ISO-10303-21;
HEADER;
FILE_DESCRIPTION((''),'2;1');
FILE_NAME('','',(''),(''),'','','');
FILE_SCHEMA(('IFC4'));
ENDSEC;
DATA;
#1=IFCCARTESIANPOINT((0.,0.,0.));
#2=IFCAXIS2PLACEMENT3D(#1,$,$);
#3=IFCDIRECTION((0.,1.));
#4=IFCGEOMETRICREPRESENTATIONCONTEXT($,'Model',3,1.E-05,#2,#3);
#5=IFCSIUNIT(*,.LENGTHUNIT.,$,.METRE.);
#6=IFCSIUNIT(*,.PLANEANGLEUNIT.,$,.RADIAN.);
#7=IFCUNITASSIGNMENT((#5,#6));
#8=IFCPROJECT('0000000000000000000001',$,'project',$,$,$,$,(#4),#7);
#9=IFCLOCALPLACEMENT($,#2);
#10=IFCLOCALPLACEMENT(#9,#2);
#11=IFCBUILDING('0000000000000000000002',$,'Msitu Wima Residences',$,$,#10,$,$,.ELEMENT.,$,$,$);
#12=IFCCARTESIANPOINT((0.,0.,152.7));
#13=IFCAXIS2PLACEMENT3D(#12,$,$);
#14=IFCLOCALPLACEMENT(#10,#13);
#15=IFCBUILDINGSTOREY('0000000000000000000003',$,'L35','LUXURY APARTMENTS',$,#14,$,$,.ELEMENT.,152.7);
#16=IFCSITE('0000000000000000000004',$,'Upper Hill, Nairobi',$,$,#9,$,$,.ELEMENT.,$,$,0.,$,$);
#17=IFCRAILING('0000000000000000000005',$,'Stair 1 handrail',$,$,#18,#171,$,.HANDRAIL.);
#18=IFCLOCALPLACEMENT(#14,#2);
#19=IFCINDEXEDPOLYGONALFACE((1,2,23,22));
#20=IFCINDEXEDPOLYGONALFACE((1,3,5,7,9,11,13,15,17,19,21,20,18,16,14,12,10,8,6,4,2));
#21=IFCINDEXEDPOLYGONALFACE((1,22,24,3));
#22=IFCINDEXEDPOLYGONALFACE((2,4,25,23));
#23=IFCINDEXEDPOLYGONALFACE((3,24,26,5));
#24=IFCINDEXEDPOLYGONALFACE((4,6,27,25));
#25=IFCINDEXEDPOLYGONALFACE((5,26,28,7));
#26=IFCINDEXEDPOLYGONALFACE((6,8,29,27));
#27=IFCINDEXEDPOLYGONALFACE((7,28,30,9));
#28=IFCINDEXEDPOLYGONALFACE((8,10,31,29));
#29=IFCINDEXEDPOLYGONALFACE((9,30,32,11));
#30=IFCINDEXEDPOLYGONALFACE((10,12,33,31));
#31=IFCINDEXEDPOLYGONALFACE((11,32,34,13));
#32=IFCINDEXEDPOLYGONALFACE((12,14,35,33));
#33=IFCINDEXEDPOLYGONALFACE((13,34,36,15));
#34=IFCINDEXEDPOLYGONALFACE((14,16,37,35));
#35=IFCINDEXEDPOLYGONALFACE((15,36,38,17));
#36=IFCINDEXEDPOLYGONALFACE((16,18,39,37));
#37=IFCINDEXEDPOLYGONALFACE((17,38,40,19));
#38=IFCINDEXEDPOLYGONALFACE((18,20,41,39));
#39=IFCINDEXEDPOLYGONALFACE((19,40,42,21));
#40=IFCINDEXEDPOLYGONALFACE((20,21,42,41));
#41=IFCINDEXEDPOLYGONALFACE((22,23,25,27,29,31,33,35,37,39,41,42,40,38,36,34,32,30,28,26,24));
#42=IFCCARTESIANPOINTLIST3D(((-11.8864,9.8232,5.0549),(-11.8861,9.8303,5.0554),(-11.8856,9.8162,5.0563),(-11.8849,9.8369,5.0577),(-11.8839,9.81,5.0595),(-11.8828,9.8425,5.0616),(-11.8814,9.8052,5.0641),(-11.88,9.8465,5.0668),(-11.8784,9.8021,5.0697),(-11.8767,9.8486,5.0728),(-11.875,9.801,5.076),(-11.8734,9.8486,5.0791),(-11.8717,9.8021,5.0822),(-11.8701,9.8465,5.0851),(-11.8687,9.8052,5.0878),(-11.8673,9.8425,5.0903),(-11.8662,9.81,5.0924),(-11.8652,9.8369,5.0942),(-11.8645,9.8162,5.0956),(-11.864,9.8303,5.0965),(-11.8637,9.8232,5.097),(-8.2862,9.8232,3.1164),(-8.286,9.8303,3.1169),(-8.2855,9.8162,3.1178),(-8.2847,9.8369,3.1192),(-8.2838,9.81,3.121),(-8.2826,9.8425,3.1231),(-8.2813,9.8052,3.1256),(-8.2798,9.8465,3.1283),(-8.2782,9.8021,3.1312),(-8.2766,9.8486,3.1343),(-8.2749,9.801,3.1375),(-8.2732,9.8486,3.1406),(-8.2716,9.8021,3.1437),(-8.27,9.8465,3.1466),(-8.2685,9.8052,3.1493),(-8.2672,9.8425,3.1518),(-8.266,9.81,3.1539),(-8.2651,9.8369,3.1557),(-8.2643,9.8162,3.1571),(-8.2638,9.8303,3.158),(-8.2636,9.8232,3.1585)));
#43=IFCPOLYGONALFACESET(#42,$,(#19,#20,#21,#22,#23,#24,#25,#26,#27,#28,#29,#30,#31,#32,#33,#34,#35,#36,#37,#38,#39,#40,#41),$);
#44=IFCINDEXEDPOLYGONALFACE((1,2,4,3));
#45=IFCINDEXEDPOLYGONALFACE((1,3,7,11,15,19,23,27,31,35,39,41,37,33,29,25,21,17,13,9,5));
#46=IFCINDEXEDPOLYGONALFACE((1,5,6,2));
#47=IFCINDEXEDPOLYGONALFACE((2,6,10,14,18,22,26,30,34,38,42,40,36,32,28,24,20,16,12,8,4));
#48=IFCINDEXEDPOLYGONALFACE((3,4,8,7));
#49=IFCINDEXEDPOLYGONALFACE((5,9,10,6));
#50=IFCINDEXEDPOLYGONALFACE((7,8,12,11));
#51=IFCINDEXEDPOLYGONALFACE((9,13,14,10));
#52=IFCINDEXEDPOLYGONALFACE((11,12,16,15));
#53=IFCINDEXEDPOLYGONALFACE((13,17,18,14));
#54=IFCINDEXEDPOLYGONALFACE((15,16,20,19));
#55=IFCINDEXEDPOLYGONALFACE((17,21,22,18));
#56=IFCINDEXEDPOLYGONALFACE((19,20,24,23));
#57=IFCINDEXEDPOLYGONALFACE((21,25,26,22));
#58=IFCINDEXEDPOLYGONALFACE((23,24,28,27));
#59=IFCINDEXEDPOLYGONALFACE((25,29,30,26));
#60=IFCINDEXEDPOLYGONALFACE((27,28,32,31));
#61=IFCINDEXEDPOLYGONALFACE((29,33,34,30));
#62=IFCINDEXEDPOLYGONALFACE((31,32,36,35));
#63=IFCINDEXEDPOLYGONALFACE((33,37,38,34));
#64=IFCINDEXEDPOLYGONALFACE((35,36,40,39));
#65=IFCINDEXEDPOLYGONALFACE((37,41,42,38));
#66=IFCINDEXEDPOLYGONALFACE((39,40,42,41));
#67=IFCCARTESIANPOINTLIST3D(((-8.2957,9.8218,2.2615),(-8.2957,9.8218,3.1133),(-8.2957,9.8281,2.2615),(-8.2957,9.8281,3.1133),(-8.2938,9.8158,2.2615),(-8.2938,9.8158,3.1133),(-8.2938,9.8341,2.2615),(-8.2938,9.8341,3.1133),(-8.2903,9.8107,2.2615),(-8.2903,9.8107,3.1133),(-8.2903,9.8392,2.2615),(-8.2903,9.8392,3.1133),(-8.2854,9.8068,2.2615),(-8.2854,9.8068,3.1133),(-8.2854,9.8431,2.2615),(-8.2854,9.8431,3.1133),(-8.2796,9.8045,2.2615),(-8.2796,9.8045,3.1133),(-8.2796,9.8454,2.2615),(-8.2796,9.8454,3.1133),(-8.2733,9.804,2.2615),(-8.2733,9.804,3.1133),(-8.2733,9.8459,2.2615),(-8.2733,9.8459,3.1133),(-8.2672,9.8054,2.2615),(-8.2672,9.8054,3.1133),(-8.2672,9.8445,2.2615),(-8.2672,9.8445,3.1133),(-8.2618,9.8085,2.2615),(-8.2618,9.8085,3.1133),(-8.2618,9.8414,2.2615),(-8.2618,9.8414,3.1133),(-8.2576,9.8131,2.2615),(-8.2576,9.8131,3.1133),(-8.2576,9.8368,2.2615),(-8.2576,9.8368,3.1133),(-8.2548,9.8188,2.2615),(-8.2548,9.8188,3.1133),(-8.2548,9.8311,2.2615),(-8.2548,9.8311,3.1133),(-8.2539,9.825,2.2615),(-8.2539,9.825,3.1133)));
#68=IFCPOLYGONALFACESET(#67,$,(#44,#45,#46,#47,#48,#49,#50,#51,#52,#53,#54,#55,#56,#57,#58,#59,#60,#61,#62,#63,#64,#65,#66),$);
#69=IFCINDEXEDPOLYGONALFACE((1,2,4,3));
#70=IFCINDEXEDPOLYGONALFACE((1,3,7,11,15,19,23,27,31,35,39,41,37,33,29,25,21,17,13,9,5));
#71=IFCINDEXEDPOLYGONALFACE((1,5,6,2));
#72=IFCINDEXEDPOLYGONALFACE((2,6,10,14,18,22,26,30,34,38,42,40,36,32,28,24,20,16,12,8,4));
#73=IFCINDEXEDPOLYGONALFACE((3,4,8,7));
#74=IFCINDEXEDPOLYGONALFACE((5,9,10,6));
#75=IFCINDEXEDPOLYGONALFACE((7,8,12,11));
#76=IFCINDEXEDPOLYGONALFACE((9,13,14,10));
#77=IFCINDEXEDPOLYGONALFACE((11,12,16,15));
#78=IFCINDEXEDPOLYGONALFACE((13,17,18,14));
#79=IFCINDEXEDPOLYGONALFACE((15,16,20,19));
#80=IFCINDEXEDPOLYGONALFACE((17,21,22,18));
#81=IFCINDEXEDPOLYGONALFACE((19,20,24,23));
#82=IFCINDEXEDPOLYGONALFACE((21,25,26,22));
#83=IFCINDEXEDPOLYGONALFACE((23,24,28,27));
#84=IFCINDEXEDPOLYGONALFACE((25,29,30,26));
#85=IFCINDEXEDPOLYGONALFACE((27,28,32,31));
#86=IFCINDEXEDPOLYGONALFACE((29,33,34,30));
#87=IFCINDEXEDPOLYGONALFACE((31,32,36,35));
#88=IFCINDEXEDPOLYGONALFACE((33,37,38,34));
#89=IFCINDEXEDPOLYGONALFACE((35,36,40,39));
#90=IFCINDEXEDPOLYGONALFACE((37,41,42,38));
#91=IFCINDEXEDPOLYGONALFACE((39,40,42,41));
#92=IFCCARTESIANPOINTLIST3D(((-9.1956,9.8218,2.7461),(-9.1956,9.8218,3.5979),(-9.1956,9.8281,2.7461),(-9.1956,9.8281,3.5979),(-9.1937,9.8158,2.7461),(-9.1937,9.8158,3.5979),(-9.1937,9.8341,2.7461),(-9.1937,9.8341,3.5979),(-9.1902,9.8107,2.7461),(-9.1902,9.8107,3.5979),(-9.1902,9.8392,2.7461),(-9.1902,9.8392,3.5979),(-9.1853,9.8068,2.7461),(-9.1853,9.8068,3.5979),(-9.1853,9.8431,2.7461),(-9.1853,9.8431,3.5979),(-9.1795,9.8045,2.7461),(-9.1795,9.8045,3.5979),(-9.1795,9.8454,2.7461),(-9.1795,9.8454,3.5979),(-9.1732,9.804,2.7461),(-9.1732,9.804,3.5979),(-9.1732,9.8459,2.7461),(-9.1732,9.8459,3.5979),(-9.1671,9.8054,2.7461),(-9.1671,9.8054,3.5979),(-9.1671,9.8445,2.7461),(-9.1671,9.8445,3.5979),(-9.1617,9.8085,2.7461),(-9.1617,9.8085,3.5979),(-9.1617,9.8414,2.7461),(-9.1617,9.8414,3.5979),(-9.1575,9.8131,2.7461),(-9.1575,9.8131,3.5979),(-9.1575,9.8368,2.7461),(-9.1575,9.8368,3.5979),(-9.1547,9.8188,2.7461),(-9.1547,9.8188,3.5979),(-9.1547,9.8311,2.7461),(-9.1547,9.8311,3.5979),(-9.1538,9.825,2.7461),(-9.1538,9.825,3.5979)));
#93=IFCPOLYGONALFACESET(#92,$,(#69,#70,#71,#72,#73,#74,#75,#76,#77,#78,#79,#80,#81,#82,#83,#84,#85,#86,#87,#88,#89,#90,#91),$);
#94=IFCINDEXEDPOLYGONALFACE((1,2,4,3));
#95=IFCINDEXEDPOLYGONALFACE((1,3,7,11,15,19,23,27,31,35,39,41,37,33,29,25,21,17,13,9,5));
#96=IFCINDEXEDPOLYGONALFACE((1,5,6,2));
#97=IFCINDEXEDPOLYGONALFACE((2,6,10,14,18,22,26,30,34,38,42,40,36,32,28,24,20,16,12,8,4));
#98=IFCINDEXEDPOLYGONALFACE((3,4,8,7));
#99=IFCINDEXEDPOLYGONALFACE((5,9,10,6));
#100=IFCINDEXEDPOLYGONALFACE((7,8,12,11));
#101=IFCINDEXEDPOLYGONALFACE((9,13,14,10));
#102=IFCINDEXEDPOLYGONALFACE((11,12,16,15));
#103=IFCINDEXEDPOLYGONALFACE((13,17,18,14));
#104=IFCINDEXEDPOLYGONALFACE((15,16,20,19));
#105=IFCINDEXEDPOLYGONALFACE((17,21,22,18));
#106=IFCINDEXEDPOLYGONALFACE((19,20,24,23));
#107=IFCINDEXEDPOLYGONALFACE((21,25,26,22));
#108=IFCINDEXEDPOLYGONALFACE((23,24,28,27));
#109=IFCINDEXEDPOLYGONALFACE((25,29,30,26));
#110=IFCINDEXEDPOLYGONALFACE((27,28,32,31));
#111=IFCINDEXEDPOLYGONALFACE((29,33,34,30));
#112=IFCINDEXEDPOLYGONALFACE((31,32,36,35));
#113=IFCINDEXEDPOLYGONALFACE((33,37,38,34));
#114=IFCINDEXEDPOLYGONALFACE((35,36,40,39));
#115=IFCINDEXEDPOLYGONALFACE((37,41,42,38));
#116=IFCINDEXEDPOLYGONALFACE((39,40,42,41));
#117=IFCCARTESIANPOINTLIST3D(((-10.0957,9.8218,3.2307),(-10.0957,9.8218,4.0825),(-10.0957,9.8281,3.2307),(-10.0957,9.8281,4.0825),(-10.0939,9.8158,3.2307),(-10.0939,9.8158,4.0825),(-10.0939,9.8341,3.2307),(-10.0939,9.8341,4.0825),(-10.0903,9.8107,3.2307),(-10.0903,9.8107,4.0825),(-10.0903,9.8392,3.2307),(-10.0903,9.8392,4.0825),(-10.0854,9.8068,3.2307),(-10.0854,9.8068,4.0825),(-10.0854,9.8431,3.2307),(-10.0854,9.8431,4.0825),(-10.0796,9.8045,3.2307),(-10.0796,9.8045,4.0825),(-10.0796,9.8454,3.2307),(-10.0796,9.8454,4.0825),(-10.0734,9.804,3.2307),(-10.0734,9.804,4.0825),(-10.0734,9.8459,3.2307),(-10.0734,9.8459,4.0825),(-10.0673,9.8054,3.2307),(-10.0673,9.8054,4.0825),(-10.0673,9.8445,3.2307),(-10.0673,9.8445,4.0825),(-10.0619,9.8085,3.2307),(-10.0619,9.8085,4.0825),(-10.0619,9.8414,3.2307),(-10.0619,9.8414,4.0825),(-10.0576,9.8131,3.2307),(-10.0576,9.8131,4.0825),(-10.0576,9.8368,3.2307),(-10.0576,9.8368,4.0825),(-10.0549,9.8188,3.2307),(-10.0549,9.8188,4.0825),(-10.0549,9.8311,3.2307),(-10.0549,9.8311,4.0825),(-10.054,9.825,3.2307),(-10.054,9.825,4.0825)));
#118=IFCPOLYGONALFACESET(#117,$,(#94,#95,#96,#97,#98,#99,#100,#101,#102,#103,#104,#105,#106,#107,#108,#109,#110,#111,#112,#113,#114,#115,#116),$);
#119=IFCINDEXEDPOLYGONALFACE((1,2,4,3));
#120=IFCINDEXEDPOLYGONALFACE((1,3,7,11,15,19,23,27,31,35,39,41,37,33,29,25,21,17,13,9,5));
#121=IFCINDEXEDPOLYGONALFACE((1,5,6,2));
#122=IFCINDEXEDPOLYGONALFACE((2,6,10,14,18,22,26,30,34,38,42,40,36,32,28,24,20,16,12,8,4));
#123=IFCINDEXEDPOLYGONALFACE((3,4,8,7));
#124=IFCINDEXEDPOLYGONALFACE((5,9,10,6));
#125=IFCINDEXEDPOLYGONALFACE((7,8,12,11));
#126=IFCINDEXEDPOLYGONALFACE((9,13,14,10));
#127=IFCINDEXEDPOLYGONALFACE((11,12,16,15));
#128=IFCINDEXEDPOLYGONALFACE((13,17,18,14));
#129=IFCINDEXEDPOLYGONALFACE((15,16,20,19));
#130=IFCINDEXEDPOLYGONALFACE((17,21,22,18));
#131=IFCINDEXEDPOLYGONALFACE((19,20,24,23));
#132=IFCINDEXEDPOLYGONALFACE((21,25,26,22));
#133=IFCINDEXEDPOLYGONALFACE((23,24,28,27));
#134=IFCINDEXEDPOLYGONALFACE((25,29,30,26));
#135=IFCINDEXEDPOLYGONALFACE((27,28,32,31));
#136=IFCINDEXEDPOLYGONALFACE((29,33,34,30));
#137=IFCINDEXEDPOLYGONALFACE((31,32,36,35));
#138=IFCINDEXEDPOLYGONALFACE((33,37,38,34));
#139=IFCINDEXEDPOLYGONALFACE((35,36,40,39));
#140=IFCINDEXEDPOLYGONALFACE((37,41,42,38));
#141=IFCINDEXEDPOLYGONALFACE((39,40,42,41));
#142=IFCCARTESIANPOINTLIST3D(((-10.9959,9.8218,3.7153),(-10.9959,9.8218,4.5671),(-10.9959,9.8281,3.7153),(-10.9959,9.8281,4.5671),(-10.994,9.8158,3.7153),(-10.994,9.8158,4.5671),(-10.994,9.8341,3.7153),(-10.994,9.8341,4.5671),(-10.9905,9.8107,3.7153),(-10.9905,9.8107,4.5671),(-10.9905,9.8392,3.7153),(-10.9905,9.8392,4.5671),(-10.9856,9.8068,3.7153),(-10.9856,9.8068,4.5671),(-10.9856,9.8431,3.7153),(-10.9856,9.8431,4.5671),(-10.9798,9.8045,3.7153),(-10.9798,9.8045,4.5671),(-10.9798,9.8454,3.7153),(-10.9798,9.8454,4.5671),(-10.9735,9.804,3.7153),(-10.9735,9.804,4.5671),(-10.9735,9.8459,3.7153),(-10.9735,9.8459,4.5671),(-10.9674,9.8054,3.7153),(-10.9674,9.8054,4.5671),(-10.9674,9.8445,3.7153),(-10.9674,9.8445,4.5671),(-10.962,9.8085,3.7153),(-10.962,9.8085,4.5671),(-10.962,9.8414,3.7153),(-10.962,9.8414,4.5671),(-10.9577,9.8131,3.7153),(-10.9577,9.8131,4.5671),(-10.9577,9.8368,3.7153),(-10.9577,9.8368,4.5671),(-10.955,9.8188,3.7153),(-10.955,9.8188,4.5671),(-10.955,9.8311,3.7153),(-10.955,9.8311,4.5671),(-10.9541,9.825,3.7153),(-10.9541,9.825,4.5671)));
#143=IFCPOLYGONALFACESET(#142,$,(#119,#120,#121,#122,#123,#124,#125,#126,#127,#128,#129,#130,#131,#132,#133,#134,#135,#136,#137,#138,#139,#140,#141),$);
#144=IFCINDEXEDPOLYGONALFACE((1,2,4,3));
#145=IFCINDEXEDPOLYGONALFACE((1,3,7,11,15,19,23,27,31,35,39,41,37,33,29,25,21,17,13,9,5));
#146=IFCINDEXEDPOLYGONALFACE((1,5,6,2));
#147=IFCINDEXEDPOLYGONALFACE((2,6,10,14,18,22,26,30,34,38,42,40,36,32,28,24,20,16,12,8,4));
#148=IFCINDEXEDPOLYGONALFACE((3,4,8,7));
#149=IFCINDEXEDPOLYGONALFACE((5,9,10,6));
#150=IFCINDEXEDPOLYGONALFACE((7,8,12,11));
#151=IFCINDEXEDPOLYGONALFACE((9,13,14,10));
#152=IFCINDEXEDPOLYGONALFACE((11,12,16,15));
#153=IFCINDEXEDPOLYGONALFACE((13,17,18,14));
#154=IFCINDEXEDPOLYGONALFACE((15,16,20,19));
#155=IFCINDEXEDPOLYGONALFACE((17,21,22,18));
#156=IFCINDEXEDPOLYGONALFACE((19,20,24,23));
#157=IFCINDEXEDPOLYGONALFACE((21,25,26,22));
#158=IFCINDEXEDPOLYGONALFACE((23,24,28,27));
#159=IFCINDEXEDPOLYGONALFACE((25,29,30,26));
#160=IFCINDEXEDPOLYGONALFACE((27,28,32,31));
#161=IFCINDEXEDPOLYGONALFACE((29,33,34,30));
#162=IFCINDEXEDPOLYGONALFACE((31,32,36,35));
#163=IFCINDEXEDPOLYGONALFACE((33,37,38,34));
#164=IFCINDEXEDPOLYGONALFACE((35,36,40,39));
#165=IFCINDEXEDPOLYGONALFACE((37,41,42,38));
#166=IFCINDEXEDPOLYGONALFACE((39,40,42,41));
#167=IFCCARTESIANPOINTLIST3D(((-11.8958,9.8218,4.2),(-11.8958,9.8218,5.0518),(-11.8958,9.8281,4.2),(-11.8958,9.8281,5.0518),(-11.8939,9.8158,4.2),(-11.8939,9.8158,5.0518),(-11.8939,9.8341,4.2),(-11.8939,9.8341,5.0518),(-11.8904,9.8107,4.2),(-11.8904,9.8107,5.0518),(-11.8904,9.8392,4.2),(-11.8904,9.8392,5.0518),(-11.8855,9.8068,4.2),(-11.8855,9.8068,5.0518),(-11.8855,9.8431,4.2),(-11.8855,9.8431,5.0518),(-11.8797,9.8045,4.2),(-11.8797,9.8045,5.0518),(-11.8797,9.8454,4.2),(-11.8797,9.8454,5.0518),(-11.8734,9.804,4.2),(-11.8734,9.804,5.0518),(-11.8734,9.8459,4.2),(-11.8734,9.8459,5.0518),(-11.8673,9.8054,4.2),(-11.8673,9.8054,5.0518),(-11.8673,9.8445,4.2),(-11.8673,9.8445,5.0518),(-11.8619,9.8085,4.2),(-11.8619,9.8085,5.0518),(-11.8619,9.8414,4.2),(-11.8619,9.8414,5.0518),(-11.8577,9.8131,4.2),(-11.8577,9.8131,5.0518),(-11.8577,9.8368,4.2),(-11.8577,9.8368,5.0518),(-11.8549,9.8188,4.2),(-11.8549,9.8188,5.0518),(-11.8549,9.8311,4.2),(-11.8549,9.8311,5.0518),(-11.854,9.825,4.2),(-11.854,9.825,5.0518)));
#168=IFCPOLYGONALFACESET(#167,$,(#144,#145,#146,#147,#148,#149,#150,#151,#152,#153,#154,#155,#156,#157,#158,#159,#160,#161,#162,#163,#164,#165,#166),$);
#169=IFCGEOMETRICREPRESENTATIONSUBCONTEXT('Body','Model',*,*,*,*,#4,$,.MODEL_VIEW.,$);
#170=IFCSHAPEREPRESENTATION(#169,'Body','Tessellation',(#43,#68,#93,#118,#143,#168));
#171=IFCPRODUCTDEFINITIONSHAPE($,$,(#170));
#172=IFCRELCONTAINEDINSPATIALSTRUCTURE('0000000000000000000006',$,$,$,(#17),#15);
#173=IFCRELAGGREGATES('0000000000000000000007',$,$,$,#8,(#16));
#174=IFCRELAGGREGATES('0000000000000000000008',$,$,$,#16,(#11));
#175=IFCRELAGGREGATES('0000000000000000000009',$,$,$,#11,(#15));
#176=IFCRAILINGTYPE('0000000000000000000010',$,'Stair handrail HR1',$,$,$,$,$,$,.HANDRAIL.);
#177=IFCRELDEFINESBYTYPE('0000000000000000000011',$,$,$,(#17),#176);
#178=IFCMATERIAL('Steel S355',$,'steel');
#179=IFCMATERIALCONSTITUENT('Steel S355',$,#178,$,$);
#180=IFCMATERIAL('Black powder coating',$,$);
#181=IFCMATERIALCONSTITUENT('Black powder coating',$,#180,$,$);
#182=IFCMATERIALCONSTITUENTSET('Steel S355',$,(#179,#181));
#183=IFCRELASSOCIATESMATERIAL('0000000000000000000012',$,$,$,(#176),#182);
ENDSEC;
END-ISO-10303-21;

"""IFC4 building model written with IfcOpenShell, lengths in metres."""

from ifc_helpers import new_model, si_unit, direction, frame, origin, origin_2d, place, context, subcontext, project, spatial, circle, extrude, material, constituent, constituent_set, type_object, element, save


model = new_model("IFC4")

# Units and contexts
model_context = context("Model", 3, precision=1e-05, world=origin(), true_north=direction((0.0, 1.0)))
body_context = subcontext(model_context, "Body", "Model", "MODEL_VIEW")
ifc_project = project(units=[si_unit("LENGTHUNIT", "METRE"), si_unit("PLANEANGLEUNIT", "RADIAN")], contexts=[model_context])

# Site, building, storey
site_placement = place(None, origin())
site = spatial("IfcSite", under=ifc_project, at=site_placement, Name="Upper Hill, Nairobi", CompositionType="ELEMENT", RefElevation=0.0)
building_placement = place(site_placement, origin())
building = spatial("IfcBuilding", under=site, at=building_placement, Name="Msitu Wima Residences", CompositionType="ELEMENT")
storey_placement = place(building_placement, frame((0.0, 0.0, 152.7)))
storey = spatial("IfcBuildingStorey", under=building, at=storey_placement, Name="L35", Description="LUXURY APARTMENTS", CompositionType="ELEMENT", Elevation=152.7)

# Railing
ifc_material_1 = material(Name="Steel S355", Category="steel")
ifc_constituent_1 = constituent(ifc_material_1, Name="Steel S355")
ifc_material_2 = material(Name="Black powder coating")
ifc_constituent_2 = constituent(ifc_material_2, Name="Black powder coating")
ifc_constituent_set = constituent_set(constituents=[ifc_constituent_1, ifc_constituent_2], Name="Steel S355")
railing_type = type_object("IfcRailingType", Name="Stair handrail HR1", PredefinedType="HANDRAIL", material=ifc_constituent_set)
railing_placement = place(storey_placement, frame((-8.2749, 9.825, 2.2615)))
element("IfcRailing", 1, at=railing_placement, inside=storey, type_object=railing_type, Name="Stair 1 handrail", PredefinedType="HANDRAIL", context=body_context, shape_type="SweptSolid", body=[
    extrude(circle(Radius=0.0239, at=origin_2d()), frame((0.0, 0.0, 0.876), z_axis=(-0.880475, 0.0, 0.474093), x_axis=(0.0, -1.0, 0.0)), (0.0, 0.0, 1.0), 4.0889),
    extrude(circle(Radius=0.021, at=origin_2d()), origin(), (0.0, 0.0, 1.0), 0.8518),
    extrude(circle(Radius=0.021, at=origin_2d()), frame((-0.8999, 0.0, 0.4846)), (0.0, 0.0, 1.0), 0.8518),
    extrude(circle(Radius=0.021, at=origin_2d()), frame((-1.8, 0.0, 0.9692)), (0.0, 0.0, 1.0), 0.8518),
    extrude(circle(Radius=0.021, at=origin_2d()), frame((-2.7002, 0.0, 1.4539)), (0.0, 0.0, 1.0), 0.8518),
    extrude(circle(Radius=0.021, at=origin_2d()), frame((-3.6001, 0.0, 1.9385)), (0.0, 0.0, 1.0), 0.8518),
])

save(model, "model.ifc")
